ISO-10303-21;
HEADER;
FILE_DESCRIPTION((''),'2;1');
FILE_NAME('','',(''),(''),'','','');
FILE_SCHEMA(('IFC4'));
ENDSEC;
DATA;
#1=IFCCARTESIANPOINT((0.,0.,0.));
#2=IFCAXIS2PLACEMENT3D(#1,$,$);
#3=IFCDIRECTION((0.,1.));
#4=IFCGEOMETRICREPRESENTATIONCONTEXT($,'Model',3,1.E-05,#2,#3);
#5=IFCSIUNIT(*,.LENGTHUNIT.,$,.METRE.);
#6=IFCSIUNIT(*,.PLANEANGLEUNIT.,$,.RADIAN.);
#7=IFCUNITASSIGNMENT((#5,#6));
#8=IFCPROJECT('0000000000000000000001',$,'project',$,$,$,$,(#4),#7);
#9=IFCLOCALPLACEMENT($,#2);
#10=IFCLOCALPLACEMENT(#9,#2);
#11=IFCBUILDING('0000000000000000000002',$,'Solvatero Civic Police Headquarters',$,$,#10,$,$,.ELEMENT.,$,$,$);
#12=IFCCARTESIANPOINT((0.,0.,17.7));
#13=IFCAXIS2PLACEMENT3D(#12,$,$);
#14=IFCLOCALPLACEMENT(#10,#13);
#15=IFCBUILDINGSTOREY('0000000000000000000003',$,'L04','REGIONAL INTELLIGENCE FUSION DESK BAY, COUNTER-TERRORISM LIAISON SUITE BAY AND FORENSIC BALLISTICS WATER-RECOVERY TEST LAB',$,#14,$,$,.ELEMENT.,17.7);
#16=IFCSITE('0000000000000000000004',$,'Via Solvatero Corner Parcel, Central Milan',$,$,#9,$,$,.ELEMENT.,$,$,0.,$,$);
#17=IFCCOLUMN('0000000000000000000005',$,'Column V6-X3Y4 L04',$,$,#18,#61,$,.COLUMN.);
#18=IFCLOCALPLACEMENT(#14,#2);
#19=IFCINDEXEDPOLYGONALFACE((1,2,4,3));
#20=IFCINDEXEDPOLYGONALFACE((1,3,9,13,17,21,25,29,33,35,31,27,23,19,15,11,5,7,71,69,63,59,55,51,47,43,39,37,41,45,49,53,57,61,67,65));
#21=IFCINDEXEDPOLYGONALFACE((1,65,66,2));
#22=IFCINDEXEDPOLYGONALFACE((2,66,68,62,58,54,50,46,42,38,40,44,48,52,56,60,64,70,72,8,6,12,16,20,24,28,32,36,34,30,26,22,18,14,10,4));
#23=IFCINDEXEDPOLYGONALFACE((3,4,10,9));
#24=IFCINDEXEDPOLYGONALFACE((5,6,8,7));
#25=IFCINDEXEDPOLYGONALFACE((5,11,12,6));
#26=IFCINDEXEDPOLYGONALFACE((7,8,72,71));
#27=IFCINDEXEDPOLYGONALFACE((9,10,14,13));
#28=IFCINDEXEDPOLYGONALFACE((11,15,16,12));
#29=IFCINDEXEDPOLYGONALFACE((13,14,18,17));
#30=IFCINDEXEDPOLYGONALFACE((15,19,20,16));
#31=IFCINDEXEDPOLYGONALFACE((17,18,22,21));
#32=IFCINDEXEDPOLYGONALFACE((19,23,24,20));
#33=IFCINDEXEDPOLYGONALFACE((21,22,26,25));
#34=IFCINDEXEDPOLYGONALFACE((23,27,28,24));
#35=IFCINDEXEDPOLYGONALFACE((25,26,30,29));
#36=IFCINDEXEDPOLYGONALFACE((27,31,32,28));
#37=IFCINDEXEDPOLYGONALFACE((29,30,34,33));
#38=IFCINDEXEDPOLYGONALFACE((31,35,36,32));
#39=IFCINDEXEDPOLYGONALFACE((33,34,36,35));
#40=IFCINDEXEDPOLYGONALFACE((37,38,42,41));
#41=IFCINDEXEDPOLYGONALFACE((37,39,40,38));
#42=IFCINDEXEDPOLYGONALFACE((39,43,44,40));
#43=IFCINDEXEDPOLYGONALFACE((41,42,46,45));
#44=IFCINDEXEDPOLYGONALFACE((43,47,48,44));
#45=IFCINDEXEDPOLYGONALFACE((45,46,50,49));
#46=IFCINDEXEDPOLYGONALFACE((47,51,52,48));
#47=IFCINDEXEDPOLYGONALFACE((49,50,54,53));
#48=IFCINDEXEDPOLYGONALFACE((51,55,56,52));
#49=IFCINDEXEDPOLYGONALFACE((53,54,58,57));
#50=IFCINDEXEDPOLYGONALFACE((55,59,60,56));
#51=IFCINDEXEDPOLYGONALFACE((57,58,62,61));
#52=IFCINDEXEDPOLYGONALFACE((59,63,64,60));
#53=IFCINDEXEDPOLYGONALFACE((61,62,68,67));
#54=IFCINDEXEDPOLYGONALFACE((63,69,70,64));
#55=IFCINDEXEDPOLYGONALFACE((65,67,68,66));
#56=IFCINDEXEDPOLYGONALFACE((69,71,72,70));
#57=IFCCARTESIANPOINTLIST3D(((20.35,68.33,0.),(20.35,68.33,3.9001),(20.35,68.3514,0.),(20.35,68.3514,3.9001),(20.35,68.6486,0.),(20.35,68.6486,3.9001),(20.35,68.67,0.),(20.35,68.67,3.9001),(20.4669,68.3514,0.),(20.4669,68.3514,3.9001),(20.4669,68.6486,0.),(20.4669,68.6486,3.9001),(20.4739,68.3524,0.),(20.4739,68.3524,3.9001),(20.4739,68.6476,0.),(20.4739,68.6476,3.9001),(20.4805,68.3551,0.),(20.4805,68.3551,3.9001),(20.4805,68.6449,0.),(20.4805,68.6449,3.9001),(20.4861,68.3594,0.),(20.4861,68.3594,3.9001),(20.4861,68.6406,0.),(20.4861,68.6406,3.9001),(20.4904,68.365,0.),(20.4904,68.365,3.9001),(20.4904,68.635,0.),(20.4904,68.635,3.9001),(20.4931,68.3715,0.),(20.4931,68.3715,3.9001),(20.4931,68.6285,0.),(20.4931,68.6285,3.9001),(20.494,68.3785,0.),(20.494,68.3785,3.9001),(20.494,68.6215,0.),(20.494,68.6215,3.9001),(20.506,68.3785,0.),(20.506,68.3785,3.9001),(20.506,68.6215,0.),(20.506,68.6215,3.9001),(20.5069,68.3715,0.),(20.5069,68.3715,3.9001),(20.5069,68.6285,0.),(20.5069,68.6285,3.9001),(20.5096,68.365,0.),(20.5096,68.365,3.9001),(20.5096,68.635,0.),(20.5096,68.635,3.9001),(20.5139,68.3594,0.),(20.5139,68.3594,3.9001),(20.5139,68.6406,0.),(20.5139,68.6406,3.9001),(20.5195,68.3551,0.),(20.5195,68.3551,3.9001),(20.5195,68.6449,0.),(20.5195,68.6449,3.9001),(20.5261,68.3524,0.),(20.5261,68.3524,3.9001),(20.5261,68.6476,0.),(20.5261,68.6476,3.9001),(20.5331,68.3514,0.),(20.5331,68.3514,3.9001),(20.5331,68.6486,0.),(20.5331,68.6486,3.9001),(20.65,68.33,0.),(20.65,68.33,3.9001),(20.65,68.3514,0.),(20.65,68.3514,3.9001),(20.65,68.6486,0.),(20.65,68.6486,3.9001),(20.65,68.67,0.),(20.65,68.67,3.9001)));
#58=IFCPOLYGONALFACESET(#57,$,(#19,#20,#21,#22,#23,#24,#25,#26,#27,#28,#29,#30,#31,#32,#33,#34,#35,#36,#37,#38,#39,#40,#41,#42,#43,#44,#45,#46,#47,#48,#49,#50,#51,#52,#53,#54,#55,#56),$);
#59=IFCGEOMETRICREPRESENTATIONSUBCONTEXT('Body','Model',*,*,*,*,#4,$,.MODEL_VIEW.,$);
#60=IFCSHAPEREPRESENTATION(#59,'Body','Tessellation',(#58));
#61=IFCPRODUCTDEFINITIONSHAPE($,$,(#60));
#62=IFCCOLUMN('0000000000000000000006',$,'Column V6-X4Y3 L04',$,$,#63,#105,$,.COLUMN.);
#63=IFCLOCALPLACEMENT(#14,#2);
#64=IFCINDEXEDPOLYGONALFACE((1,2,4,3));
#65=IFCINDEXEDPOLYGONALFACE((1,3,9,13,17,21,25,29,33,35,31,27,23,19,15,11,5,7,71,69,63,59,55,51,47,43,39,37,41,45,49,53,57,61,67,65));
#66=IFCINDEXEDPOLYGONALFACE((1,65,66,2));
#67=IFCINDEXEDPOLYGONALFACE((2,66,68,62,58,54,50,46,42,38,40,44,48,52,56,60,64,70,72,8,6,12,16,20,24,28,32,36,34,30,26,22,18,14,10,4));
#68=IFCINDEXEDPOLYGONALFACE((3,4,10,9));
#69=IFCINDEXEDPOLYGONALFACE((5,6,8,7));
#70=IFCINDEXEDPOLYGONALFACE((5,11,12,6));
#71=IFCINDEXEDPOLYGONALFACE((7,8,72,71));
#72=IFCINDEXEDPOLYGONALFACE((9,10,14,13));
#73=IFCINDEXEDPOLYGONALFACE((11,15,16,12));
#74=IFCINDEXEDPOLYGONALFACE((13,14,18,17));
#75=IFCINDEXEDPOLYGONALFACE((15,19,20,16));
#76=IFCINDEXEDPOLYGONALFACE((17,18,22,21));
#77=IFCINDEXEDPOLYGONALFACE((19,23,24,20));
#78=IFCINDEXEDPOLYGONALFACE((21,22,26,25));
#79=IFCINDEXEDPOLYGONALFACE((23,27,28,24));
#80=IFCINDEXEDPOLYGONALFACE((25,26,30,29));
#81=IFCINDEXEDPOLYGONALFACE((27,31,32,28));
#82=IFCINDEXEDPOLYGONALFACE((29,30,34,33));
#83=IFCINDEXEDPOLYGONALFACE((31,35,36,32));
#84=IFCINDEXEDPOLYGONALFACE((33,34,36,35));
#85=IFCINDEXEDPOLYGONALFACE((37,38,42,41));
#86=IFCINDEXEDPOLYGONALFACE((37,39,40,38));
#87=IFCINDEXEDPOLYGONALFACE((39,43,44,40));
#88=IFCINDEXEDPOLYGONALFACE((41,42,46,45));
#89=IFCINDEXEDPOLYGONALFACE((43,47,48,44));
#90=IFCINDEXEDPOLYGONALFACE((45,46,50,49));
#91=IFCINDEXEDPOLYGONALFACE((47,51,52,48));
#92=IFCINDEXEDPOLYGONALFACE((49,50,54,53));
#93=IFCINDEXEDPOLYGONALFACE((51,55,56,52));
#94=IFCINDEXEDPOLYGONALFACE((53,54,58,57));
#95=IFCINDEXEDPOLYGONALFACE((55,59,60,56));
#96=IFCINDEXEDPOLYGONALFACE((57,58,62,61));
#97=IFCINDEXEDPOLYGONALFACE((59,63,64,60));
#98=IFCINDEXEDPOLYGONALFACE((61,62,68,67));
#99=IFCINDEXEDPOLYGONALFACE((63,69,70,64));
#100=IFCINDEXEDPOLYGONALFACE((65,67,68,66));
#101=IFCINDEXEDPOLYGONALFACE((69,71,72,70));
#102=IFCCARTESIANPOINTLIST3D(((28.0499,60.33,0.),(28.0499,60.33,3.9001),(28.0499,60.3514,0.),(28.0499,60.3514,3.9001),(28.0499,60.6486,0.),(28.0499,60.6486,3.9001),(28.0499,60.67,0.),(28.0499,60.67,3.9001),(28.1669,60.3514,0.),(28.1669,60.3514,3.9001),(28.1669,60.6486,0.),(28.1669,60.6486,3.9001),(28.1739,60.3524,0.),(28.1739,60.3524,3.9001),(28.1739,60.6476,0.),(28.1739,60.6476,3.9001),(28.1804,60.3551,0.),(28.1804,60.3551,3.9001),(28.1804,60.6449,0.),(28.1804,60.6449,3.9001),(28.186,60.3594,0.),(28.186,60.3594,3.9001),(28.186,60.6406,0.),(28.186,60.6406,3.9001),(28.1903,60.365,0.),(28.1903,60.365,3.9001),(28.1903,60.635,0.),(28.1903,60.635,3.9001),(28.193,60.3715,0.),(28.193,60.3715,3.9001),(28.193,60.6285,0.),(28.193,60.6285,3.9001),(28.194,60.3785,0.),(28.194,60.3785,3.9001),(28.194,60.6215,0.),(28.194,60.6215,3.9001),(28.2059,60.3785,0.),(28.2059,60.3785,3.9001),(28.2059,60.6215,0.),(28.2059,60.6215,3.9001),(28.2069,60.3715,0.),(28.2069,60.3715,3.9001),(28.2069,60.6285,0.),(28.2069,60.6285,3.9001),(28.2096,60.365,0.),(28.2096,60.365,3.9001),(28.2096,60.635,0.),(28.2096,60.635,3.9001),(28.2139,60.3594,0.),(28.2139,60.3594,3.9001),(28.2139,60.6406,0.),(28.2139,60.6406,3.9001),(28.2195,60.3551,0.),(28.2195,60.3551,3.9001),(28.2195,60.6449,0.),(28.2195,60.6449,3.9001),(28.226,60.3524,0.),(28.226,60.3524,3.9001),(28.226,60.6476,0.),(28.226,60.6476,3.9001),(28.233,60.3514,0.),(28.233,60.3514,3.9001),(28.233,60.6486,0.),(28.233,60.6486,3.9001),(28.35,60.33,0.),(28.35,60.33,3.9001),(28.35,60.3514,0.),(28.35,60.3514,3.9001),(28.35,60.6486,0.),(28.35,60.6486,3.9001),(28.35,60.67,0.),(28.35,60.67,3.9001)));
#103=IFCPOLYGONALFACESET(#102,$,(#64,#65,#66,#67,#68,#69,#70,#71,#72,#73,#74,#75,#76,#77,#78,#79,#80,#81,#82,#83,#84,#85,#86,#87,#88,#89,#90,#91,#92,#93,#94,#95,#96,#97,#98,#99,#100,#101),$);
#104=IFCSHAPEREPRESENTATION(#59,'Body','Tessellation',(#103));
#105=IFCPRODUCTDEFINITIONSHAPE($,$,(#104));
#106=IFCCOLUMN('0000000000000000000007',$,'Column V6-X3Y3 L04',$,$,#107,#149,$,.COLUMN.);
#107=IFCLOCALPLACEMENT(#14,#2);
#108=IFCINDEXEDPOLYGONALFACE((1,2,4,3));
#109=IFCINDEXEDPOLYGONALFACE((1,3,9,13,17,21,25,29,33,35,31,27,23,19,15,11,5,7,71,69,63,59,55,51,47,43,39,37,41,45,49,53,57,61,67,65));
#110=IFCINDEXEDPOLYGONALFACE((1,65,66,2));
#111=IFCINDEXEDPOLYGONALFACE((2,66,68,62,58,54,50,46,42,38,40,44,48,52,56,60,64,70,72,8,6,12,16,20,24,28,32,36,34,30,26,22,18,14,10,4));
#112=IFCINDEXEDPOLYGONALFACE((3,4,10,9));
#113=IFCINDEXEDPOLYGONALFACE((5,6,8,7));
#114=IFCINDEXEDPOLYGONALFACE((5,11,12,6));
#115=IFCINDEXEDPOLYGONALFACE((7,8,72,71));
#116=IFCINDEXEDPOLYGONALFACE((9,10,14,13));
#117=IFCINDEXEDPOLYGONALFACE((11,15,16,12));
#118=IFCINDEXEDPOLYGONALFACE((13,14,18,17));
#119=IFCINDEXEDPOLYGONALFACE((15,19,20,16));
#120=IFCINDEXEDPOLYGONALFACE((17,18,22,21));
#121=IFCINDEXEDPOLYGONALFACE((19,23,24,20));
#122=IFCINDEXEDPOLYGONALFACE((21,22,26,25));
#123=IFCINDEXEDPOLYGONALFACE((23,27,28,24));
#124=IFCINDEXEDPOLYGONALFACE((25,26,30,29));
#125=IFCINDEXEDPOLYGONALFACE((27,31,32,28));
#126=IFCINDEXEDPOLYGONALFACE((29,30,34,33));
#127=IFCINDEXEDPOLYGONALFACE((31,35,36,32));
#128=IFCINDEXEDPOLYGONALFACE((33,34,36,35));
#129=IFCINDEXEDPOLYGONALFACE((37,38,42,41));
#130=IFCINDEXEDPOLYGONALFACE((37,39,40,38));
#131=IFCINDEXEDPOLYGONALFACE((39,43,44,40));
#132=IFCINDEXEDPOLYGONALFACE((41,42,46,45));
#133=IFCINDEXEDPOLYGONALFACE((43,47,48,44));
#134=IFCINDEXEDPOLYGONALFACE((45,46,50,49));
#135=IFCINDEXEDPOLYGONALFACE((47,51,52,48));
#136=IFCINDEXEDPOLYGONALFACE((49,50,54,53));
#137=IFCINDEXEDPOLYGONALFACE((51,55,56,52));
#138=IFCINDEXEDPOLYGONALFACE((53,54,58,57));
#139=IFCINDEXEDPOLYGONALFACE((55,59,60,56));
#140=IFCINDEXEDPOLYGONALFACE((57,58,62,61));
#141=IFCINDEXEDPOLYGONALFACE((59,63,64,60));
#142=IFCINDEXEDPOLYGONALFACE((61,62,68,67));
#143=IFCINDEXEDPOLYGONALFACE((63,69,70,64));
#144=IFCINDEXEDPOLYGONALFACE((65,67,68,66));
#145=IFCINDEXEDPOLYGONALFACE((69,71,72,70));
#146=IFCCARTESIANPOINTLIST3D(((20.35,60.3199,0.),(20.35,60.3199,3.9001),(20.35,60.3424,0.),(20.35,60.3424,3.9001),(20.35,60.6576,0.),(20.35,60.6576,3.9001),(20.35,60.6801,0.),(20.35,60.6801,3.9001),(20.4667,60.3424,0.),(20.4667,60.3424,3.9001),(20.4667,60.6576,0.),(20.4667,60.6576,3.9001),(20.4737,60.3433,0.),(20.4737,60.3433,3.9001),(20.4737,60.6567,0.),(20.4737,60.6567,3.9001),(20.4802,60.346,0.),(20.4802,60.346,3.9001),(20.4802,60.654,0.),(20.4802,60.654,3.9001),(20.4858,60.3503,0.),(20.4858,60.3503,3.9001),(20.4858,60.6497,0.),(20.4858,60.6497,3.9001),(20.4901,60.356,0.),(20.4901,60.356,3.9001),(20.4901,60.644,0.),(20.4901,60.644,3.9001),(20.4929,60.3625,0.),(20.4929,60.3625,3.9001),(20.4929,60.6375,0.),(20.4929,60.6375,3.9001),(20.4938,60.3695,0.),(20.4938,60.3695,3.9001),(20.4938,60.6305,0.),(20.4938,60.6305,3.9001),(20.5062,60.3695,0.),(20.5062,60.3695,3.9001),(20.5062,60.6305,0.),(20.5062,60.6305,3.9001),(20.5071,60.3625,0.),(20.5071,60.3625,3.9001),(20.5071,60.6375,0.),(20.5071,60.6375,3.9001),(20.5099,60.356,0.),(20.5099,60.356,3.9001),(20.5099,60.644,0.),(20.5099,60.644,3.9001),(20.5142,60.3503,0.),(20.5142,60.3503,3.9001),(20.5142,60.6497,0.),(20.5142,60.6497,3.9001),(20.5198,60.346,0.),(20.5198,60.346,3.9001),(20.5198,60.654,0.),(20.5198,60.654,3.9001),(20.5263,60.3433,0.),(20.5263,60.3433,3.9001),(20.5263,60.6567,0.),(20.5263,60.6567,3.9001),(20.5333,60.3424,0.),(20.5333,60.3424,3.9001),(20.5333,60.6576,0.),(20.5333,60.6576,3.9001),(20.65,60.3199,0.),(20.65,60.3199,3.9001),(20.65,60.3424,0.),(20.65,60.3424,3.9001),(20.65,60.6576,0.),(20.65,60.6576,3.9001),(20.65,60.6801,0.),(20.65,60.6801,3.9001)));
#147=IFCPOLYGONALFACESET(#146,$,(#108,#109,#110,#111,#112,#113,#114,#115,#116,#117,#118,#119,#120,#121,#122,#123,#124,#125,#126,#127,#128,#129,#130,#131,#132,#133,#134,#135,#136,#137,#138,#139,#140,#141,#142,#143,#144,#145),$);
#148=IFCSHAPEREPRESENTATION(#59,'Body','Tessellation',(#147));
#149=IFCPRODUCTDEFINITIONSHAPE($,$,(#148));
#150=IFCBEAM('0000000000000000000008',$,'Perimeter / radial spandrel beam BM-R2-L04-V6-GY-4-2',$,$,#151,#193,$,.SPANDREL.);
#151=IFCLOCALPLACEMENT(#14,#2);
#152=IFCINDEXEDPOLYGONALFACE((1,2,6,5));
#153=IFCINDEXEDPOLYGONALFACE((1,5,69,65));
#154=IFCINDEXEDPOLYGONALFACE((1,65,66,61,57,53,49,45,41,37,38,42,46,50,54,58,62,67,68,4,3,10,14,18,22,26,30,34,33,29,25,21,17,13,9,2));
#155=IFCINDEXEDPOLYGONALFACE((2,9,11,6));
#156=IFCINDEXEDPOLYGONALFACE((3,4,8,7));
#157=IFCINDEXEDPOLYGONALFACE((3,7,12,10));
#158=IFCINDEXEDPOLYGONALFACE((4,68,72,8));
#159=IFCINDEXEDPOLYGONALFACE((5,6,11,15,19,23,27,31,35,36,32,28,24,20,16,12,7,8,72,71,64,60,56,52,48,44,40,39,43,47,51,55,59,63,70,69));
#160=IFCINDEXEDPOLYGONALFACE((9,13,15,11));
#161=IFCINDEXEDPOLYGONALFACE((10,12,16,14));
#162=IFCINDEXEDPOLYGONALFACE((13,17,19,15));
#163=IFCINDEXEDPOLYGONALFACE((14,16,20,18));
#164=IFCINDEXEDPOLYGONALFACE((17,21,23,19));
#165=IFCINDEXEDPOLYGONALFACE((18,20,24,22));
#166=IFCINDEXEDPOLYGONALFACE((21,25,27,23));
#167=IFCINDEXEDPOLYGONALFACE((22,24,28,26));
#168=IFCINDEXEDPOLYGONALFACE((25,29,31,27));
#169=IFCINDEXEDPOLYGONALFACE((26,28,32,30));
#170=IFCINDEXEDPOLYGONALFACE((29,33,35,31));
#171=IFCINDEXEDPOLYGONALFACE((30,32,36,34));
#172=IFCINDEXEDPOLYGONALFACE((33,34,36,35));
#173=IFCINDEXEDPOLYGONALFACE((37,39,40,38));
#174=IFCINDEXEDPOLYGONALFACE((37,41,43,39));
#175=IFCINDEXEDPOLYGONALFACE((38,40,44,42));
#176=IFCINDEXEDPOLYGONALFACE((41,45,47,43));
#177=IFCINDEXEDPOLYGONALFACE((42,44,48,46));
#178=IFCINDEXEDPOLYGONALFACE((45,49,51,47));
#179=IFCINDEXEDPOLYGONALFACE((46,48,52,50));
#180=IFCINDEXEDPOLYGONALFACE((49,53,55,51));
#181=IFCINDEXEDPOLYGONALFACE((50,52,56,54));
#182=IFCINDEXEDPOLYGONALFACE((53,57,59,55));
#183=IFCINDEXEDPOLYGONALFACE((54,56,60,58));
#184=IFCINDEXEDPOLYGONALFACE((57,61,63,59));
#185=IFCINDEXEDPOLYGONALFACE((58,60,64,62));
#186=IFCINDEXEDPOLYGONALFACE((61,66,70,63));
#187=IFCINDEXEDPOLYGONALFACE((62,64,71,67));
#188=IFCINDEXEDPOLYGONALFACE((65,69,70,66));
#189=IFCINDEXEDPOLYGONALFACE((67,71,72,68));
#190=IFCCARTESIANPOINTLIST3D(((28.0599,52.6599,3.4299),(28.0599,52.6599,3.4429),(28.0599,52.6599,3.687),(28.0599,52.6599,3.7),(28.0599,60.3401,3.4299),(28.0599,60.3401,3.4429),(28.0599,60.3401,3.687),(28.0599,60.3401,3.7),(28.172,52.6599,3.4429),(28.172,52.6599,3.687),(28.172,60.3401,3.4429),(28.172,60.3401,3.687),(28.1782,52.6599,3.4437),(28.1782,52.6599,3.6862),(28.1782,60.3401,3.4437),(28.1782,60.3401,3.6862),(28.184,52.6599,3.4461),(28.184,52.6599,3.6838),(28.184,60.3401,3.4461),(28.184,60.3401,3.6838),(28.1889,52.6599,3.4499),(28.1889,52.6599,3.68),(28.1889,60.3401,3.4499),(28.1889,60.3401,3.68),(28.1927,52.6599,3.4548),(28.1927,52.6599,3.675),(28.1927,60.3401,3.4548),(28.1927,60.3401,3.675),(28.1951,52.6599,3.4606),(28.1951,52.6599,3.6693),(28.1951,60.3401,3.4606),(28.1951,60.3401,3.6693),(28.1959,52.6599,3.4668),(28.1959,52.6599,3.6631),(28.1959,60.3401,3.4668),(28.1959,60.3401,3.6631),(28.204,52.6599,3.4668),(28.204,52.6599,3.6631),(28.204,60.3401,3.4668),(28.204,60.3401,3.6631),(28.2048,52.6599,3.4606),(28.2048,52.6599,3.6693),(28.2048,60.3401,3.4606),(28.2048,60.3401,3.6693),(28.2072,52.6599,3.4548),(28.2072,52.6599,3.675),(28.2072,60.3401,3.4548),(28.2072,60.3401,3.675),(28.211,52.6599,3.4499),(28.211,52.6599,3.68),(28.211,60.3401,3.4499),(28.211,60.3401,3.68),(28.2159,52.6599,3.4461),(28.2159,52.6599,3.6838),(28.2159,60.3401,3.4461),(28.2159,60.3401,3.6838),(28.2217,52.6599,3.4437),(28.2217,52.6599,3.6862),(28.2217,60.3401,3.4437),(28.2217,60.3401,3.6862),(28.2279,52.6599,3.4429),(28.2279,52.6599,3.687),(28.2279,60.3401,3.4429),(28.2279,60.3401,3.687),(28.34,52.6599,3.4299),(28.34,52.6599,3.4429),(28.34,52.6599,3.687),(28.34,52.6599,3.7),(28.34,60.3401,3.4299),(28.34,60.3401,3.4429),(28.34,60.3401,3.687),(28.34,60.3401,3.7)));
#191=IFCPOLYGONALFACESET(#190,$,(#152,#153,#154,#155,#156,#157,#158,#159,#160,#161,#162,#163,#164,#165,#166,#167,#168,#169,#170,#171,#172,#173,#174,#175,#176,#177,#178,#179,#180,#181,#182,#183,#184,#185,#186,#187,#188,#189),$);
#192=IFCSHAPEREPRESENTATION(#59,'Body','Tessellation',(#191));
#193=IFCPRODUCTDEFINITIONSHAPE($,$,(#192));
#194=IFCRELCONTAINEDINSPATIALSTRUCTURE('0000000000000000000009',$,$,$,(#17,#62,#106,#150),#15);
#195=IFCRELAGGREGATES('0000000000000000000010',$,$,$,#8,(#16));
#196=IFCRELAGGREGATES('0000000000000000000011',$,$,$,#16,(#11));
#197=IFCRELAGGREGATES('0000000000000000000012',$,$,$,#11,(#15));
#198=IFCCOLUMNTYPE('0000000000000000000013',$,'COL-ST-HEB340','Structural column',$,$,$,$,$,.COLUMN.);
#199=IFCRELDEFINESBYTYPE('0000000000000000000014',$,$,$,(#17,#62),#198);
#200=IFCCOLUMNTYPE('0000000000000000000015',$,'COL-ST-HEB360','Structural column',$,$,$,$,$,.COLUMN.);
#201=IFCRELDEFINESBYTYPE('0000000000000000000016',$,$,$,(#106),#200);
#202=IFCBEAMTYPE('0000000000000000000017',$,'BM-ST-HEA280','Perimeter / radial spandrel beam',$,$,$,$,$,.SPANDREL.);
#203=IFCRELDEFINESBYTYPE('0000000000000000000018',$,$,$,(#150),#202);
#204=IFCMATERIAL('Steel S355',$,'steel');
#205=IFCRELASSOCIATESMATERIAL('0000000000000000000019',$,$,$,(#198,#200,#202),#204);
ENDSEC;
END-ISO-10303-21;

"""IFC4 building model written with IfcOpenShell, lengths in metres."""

from ifc_helpers import new_model, si_unit, direction, frame, origin, origin_2d, place, context, subcontext, project, spatial, i_section, extrude, material, material_profile, profile_set, type_object, element, save


model = new_model("IFC4")

# Units and contexts
model_context = context("Model", 3, precision=1e-05, world=origin(), true_north=direction((0.0, 1.0)))
body_context = subcontext(model_context, "Body", "Model", "MODEL_VIEW")
ifc_project = project(units=[si_unit("LENGTHUNIT", "METRE"), si_unit("PLANEANGLEUNIT", "RADIAN")], contexts=[model_context])

# Site, building, storey
site_placement = place(None, origin())
site = spatial("IfcSite", under=ifc_project, at=site_placement, Name="Via Solvatero Corner Parcel, Central Milan", CompositionType="ELEMENT", RefElevation=0.0)
building_placement = place(site_placement, origin())
building = spatial("IfcBuilding", under=site, at=building_placement, Name="Solvatero Civic Police Headquarters", CompositionType="ELEMENT")
storey_placement = place(building_placement, frame((0.0, 0.0, 17.7)))
storey = spatial("IfcBuildingStorey", under=building, at=storey_placement, Name="L04", Description="REGIONAL INTELLIGENCE FUSION DESK BAY, COUNTER-TERRORISM LIAISON SUITE BAY AND FORENSIC BALLISTICS WATER-RECOVERY TEST LAB", CompositionType="ELEMENT", Elevation=17.7)

# Columns
ifc_material_1 = material(Name="Steel S355", Category="steel")
ifc_material_profile_1 = material_profile(ifc_material_1, i_section(OverallWidth=0.3, OverallDepth=0.3401, WebThickness=0.012, FlangeThickness=0.0215, FilletRadius=0.0271, at=origin_2d()), Name="HEB 340")
ifc_profile_set_1 = profile_set([ifc_material_profile_1], Name="Steel S355")
column_type_1 = type_object("IfcColumnType", Name="COL-ST-HEB340", Description="Structural column", PredefinedType="COLUMN", material=ifc_profile_set_1)
for number, where, z_axis, x_axis, name in (
    (1, (20.5, 68.5, 0.0), (0.0, 0.0, 1.0), (1.0, 0.0, 0.0), "Column V6-X3Y4 L04"),
    (2, (28.2, 60.5, 0.0), (0.0, 0.0, 1.0), (1.0, 0.0, 0.0), "Column V6-X4Y3 L04"),
):
    element("IfcColumn", number, at=place(storey_placement, frame(where, z_axis=z_axis, x_axis=x_axis)), inside=storey, type_object=column_type_1, Name=name, PredefinedType="COLUMN", context=body_context, shape_type="SweptSolid", body=[
        extrude(i_section(OverallWidth=0.3, OverallDepth=0.3401, WebThickness=0.012, FlangeThickness=0.0215, FilletRadius=0.0271, at=origin_2d()), origin(), (0.0, 0.0, 1.0), 3.9001),
    ])
ifc_material_profile_2 = material_profile(ifc_material_1, i_section(OverallWidth=0.3, OverallDepth=0.3601, WebThickness=0.0125, FlangeThickness=0.0225, FilletRadius=0.0271, at=origin_2d()), Name="HEB 360")
ifc_profile_set_2 = profile_set([ifc_material_profile_2], Name="Steel S355")
column_type_2 = type_object("IfcColumnType", Name="COL-ST-HEB360", Description="Structural column", PredefinedType="COLUMN", material=ifc_profile_set_2)
column_placement = place(storey_placement, frame((20.5, 60.5, 0.0), z_axis=(0.0, 0.0, 1.0), x_axis=(1.0, 0.0, 0.0)))
element("IfcColumn", 3, at=column_placement, inside=storey, type_object=column_type_2, Name="Column V6-X3Y3 L04", PredefinedType="COLUMN", context=body_context, shape_type="SweptSolid", body=[
    extrude(i_section(OverallWidth=0.3, OverallDepth=0.3601, WebThickness=0.0125, FlangeThickness=0.0225, FilletRadius=0.0271, at=origin_2d()), origin(), (0.0, 0.0, 1.0), 3.9001),
])

# Beam
ifc_material_profile_3 = material_profile(ifc_material_1, i_section(OverallWidth=0.28, OverallDepth=0.27, WebThickness=0.0081, FlangeThickness=0.0129, FilletRadius=0.0239, at=origin_2d()), Name="HEA 280")
ifc_profile_set_3 = profile_set([ifc_material_profile_3], Name="Steel S355")
beam_type_1 = type_object("IfcBeamType", Name="BM-ST-HEA280", Description="Perimeter / radial spandrel beam", PredefinedType="SPANDREL", material=ifc_profile_set_3)
beam_1_placement = place(storey_placement, frame((28.2, 52.6599, 3.5649), z_axis=(0.0, 1.0, 0.0), x_axis=(-1.0, 0.0, 0.0)))
element("IfcBeam", 4, at=beam_1_placement, inside=storey, type_object=beam_type_1, Name="Perimeter / radial spandrel beam BM-R2-L04-V6-GY-4-2", PredefinedType="SPANDREL", context=body_context, shape_type="SweptSolid", body=[
    extrude(i_section(OverallWidth=0.28, OverallDepth=0.27, WebThickness=0.0081, FlangeThickness=0.0129, FilletRadius=0.0239, at=origin_2d()), origin(), (0.0, 0.0, 1.0), 7.6802),
])

save(model, "model.ifc")
